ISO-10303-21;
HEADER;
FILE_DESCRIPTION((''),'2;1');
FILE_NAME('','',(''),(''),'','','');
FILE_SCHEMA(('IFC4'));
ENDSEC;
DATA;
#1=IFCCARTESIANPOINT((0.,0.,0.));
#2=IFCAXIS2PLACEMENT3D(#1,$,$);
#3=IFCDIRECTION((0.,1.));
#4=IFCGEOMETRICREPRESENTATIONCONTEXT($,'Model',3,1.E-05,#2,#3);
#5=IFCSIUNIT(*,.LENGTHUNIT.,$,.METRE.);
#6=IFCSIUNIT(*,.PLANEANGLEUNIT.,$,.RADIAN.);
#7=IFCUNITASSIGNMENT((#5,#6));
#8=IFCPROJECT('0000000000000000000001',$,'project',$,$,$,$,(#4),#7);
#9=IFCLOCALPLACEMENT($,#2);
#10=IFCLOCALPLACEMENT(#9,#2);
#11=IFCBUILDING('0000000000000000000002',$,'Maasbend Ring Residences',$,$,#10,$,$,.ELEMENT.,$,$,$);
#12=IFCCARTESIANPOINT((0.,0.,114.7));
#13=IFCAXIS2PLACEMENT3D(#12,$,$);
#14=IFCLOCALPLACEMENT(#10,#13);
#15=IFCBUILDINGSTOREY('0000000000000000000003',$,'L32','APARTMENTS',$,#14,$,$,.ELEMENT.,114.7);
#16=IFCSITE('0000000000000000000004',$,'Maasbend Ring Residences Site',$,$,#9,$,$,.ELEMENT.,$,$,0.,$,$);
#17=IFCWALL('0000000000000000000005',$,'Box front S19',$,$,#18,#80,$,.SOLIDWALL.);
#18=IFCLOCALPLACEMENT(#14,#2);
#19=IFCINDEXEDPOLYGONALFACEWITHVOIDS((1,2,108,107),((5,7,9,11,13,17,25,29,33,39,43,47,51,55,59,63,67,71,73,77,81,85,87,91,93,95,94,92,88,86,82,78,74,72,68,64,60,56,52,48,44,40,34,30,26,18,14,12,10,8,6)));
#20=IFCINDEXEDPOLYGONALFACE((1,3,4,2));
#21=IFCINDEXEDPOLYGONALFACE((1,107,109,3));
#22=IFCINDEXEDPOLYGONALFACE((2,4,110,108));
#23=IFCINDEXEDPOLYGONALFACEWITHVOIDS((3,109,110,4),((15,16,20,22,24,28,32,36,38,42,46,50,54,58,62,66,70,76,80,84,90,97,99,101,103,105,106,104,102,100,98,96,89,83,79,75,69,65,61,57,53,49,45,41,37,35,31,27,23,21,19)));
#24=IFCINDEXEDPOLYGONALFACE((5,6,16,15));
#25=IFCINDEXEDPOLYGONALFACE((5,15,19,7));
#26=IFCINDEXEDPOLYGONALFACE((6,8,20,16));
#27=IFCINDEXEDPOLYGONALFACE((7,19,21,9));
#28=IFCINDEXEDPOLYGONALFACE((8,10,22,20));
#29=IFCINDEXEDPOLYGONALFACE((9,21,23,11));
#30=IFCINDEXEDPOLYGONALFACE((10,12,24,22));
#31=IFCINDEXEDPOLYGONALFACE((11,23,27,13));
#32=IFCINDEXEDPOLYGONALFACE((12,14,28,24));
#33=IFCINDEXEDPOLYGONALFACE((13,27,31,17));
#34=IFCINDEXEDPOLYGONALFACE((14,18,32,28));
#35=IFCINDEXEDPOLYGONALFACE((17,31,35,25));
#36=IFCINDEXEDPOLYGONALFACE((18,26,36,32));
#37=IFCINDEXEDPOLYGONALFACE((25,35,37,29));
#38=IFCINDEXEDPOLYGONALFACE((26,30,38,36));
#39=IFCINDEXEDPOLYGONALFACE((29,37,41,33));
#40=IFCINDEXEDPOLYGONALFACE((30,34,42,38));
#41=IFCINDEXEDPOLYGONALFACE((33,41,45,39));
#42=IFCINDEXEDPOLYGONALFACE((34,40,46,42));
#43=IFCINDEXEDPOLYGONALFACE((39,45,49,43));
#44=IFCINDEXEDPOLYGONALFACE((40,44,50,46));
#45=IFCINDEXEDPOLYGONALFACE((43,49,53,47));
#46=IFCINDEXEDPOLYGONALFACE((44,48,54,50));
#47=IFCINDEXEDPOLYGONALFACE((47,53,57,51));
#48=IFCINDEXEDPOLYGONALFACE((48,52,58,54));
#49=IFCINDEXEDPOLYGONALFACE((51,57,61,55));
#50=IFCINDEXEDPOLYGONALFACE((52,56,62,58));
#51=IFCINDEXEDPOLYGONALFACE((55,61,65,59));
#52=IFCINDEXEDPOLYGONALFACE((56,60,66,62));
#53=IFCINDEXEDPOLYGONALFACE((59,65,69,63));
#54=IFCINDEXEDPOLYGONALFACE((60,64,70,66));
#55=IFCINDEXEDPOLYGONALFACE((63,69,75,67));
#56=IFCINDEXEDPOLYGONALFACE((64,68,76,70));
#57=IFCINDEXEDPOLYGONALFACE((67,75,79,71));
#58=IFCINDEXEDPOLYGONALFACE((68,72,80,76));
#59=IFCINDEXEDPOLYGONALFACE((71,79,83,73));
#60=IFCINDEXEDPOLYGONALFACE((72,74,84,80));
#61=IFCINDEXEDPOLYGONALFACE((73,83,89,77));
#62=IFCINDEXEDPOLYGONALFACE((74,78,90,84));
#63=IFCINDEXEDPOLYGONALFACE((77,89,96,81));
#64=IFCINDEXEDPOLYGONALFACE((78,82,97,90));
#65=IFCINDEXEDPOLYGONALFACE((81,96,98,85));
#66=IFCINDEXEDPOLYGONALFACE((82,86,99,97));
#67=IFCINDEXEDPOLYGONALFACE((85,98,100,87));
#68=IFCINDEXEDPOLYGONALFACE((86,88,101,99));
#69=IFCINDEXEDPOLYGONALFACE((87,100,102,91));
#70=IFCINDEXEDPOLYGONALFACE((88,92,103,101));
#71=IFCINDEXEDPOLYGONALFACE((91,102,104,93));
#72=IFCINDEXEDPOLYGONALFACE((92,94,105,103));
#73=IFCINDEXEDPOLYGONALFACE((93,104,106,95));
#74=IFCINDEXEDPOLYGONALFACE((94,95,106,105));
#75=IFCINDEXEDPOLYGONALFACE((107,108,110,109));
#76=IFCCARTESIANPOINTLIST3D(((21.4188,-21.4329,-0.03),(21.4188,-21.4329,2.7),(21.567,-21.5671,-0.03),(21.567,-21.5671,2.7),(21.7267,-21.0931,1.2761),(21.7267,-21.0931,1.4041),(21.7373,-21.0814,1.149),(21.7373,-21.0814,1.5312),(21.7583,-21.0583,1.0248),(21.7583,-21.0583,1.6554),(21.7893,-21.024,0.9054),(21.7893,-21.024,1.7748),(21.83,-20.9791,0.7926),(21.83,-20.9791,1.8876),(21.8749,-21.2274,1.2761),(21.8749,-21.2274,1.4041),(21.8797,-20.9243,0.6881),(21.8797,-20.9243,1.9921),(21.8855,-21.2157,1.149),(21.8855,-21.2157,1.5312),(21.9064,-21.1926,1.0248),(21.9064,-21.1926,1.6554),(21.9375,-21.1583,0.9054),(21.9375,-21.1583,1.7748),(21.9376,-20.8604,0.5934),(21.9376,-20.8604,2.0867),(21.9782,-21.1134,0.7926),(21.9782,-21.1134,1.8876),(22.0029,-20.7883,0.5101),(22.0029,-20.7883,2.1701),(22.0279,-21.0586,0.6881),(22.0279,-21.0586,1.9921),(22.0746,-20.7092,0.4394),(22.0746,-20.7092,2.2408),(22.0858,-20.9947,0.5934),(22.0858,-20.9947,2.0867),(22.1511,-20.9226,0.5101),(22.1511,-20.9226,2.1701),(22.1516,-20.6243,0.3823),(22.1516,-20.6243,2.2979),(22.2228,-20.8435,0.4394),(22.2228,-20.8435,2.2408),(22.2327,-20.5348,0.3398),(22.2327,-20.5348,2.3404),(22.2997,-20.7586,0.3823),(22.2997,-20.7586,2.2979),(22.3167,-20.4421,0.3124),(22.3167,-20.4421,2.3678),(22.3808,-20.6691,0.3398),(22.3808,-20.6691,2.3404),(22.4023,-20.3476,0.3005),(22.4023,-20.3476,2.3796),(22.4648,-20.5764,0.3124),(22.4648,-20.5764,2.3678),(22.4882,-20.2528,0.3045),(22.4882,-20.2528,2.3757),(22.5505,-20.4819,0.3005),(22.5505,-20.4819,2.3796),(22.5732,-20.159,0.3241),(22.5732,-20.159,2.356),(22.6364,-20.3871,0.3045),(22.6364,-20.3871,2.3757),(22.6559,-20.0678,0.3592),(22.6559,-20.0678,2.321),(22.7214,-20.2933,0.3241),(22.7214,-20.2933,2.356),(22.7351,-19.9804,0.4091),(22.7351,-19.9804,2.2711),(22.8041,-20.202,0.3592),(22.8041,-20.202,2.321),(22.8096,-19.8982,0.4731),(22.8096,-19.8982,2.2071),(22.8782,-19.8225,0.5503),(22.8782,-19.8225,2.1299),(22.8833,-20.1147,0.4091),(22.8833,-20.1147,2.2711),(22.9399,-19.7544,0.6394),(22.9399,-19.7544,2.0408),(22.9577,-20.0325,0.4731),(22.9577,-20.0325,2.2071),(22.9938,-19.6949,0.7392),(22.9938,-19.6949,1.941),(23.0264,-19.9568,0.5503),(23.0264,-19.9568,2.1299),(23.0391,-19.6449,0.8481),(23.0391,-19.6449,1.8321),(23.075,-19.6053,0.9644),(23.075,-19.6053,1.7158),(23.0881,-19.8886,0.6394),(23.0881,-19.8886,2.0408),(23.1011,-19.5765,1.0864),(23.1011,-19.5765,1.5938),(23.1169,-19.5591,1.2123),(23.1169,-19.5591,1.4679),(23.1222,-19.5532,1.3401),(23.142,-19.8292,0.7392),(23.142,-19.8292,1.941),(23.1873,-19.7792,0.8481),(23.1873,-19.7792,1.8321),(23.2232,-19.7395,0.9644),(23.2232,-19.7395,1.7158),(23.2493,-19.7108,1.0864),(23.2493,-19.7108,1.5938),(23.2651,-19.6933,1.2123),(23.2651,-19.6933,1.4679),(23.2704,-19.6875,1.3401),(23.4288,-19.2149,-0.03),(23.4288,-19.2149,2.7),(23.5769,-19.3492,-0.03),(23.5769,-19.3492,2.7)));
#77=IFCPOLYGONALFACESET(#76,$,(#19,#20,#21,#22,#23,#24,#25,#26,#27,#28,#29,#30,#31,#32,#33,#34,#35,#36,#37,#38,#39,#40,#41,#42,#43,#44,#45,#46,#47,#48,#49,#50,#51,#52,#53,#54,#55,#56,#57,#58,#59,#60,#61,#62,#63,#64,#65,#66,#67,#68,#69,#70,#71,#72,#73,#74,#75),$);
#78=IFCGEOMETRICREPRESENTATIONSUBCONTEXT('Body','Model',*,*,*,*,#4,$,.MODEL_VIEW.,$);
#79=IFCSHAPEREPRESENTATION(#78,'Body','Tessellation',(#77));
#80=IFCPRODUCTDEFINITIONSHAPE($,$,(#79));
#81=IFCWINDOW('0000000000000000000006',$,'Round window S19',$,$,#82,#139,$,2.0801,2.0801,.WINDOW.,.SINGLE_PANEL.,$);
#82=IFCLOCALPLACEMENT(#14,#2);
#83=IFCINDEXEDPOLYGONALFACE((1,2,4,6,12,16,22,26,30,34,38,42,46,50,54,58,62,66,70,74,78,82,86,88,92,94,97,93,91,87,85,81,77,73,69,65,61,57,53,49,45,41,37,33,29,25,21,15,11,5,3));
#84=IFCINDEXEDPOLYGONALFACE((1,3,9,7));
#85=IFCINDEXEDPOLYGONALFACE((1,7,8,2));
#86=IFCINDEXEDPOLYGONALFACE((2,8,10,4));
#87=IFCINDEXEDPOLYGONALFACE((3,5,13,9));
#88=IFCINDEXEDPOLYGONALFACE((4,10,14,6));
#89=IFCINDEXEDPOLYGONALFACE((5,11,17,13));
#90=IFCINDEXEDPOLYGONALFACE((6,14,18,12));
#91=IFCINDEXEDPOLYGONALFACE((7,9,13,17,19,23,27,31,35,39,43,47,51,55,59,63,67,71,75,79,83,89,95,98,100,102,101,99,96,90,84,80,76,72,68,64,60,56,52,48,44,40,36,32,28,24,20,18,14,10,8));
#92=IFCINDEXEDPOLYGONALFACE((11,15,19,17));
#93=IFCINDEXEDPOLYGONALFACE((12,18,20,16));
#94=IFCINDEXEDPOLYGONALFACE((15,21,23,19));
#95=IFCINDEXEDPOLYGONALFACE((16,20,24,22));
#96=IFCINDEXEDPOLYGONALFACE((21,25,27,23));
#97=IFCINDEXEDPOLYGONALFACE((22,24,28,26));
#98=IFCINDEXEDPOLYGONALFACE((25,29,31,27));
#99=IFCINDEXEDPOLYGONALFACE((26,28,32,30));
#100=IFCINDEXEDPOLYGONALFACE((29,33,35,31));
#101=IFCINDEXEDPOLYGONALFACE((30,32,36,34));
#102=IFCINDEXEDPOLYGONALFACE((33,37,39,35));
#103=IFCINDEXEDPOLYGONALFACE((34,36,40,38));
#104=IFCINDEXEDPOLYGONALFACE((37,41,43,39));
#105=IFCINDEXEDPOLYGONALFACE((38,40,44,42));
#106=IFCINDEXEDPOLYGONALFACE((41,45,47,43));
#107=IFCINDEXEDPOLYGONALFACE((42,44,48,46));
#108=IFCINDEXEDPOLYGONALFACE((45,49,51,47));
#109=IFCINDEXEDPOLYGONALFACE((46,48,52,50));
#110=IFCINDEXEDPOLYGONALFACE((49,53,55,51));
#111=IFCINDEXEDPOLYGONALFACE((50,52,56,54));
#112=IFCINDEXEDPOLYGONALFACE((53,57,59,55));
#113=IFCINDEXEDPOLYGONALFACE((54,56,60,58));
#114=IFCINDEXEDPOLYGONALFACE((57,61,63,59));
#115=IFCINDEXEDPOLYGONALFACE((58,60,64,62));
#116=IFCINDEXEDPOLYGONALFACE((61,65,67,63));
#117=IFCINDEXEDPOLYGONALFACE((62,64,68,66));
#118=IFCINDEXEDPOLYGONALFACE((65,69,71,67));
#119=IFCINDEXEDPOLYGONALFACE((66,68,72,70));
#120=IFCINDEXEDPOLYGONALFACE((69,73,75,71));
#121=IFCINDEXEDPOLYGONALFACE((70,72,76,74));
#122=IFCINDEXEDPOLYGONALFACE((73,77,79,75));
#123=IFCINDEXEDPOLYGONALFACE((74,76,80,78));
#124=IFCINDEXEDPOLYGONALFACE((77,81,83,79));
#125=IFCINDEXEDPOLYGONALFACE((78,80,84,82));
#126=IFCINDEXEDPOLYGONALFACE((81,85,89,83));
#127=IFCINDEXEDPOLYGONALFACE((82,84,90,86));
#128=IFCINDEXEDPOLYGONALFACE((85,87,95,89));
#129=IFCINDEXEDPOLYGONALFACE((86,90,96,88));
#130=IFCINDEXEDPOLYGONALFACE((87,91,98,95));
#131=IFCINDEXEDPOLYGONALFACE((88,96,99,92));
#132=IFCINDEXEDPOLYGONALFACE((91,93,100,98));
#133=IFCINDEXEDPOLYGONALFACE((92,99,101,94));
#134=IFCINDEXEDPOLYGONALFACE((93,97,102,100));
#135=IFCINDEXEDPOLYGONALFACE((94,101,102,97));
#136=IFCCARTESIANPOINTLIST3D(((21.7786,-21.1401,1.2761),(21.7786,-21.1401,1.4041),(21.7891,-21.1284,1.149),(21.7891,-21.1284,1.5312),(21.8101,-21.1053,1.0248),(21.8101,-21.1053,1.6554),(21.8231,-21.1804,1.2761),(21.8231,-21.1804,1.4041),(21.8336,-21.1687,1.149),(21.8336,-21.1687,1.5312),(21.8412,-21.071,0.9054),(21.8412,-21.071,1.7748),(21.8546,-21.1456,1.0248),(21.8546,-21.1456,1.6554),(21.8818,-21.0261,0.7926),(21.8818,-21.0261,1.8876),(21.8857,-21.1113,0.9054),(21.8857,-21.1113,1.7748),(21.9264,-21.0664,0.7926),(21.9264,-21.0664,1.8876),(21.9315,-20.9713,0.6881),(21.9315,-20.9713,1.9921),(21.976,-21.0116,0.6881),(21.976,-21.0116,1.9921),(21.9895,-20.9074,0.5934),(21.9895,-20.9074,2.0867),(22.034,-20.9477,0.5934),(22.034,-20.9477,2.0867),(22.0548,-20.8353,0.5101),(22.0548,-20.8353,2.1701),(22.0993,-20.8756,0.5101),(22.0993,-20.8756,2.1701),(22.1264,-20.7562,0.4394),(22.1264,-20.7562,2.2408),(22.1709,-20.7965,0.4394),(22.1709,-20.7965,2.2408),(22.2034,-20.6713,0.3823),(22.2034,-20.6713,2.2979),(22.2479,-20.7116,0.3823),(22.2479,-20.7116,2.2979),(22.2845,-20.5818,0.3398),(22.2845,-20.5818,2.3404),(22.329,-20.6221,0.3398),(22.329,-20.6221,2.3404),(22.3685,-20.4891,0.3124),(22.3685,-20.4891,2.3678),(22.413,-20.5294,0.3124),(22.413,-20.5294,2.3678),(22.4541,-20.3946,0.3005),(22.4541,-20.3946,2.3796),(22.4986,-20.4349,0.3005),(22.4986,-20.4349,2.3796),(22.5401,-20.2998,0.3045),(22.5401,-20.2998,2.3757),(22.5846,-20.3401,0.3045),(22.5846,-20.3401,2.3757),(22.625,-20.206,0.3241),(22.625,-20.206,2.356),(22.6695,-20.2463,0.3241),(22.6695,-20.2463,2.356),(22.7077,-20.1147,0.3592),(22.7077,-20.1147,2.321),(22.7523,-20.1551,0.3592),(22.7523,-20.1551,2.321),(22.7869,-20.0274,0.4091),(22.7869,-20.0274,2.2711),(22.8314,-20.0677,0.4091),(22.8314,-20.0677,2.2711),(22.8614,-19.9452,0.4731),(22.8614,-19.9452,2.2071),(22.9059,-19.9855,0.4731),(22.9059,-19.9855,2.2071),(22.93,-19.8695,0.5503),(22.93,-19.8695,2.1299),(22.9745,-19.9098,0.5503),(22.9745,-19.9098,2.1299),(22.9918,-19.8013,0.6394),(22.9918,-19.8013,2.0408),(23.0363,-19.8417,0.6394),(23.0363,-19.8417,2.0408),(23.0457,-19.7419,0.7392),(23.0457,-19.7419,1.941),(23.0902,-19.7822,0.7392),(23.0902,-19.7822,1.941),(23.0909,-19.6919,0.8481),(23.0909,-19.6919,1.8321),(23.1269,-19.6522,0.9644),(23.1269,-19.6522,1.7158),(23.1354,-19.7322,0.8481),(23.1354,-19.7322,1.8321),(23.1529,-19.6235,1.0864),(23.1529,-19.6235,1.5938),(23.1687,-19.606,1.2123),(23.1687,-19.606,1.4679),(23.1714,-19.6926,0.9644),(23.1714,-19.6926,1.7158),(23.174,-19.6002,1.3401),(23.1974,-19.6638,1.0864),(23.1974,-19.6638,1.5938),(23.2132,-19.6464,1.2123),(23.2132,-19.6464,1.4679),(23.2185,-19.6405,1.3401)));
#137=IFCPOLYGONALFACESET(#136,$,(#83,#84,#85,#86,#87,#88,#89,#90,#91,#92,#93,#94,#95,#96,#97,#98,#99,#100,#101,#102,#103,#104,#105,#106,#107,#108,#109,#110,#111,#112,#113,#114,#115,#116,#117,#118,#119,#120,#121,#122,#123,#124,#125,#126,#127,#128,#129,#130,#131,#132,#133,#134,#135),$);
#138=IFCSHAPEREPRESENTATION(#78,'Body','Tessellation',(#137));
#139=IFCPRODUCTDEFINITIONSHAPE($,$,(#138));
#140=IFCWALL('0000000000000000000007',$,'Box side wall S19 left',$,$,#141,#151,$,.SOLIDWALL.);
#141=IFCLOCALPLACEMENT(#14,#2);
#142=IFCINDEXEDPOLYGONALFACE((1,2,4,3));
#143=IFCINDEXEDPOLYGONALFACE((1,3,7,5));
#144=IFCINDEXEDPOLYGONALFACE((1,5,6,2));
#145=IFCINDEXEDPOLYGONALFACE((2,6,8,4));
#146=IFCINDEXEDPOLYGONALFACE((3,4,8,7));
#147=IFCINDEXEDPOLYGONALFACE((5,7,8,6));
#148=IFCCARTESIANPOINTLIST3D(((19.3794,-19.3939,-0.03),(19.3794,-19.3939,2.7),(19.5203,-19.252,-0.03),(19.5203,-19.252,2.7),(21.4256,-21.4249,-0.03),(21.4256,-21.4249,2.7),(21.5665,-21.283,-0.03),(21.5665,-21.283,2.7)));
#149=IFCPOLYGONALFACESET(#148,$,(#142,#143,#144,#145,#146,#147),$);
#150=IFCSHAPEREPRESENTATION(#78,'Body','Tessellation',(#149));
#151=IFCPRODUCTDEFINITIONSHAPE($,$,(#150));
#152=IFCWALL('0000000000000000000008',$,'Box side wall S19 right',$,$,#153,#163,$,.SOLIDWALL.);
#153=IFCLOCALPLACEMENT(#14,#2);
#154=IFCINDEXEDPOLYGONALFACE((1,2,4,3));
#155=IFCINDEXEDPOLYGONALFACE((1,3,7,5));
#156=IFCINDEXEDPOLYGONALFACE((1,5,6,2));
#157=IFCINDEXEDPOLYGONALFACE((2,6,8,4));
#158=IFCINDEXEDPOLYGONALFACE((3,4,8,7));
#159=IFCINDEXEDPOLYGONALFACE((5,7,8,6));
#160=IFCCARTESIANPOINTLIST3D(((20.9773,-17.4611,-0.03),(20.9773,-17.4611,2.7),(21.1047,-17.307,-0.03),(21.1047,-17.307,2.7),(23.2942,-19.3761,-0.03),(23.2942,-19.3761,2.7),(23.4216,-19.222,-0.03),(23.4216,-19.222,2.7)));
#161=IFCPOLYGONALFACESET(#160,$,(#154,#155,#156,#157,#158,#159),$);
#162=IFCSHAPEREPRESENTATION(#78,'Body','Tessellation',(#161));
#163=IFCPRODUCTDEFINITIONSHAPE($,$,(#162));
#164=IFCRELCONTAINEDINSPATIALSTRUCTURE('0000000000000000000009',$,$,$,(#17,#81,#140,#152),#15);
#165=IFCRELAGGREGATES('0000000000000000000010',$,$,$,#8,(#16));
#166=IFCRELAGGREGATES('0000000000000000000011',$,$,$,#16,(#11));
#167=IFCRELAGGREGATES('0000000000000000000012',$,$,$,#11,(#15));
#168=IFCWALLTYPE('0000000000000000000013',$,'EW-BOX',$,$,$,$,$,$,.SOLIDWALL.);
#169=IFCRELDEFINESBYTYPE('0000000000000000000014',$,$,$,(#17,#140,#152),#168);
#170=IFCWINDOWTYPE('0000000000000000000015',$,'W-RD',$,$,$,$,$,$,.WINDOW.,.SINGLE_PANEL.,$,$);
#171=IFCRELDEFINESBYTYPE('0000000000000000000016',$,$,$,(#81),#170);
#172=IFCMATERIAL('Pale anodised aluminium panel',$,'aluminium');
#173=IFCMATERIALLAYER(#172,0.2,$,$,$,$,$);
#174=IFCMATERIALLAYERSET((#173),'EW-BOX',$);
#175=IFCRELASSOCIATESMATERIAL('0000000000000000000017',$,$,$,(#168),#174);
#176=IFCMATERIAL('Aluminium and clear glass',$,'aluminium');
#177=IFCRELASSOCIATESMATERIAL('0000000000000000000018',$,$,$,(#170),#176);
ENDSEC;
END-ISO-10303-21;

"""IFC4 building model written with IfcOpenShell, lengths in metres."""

from ifc_helpers import new_model, si_unit, direction, frame, frame_2d, origin, place, context, subcontext, project, spatial, rectangle, circle, extrude, material, layer, layer_set, type_object, element, fill, save


model = new_model("IFC4")

# Units and contexts
model_context = context("Model", 3, precision=1e-05, world=origin(), true_north=direction((0.0, 1.0)))
body_context = subcontext(model_context, "Body", "Model", "MODEL_VIEW")
ifc_project = project(units=[si_unit("LENGTHUNIT", "METRE"), si_unit("PLANEANGLEUNIT", "RADIAN")], contexts=[model_context])

# Site, building, storey
site_placement = place(None, origin())
site = spatial("IfcSite", under=ifc_project, at=site_placement, Name="Maasbend Ring Residences Site", CompositionType="ELEMENT", RefElevation=0.0)
building_placement = place(site_placement, origin())
building = spatial("IfcBuilding", under=site, at=building_placement, Name="Maasbend Ring Residences", CompositionType="ELEMENT")
storey_placement = place(building_placement, frame((0.0, 0.0, 114.7)))
storey = spatial("IfcBuildingStorey", under=building, at=storey_placement, Name="L32", Description="APARTMENTS", CompositionType="ELEMENT", Elevation=114.7)

# Shared definitions
ifc_material_1 = material(Name="Pale anodised aluminium panel", Category="aluminium")
ifc_layer_1 = layer(ifc_material_1, 0.2)
ifc_layer_set_1 = layer_set([ifc_layer_1], Name="EW-BOX")
wall_type_1 = type_object("IfcWallType", Name="EW-BOX", PredefinedType="SOLIDWALL", material=ifc_layer_set_1)
ifc_material_2 = material(Name="Aluminium and clear glass", Category="aluminium")
window_type_1 = type_object("IfcWindowType", Name="W-RD", PartitioningType="SINGLE_PANEL", PredefinedType="WINDOW", material=ifc_material_2)

# Wall, opening, window
wall_1_placement = place(storey_placement, frame((21.4929, -21.5, -0.03), z_axis=(0.0, 0.0, 1.0), x_axis=(0.671507, 0.740998, 0.0)))
wall_1 = element("IfcWall", 1, at=wall_1_placement, inside=storey, type_object=wall_type_1, Name="Box front S19", PredefinedType="SOLIDWALL", context=body_context, shape_type="SweptSolid", body=[
    extrude(rectangle(XDim=2.9932, YDim=0.2, at=frame_2d((1.4966, 0.0))), origin(), (0.0, 0.0, 1.0), 2.73),
])
opening_1_placement = place(wall_1_placement, frame((0.4565, 0.0, 0.3301)))
opening_1 = element("IfcOpeningElement", 2, at=opening_1_placement, cuts=wall_1, PredefinedType="OPENING", context=body_context, shape_type="SweptSolid", body=[
    extrude(circle(Radius=1.04, at=frame_2d((1.04, 1.04))), frame((0.0, 0.1099, 0.0), z_axis=(0.0, -1.0, 0.0), x_axis=(1.0, 0.0, 0.0)), (0.0, 0.0, 1.0), 0.22),
])
window_1_placement = place(opening_1_placement, origin())
window_1 = element("IfcWindow", 3, at=window_1_placement, inside=storey, type_object=window_type_1, Name="Round window S19", OverallHeight=2.0801, OverallWidth=2.0801, PartitioningType="SINGLE_PANEL", PredefinedType="WINDOW", context=body_context, shape_type="SweptSolid", body=[
    extrude(circle(Radius=1.04, at=frame_2d((1.04, 1.04))), frame((0.0, 0.03, 0.0), z_axis=(0.0, -1.0, 0.0), x_axis=(1.0, 0.0, 0.0)), (0.0, 0.0, 1.0), 0.0601),
])
fill(opening_1, window_1)

# Walls
wall_2_placement = place(storey_placement, frame((19.45, -19.323, -0.03), z_axis=(0.0, 0.0, 1.0), x_axis=(0.709727, -0.704477, 0.0)))
element("IfcWall", 4, at=wall_2_placement, inside=storey, type_object=wall_type_1, Name="Box side wall S19 left", PredefinedType="SOLIDWALL", context=body_context, shape_type="SweptSolid", body=[
    extrude(rectangle(XDim=2.8831, YDim=0.2, at=frame_2d((1.4414, 0.0))), origin(), (0.0, 0.0, 1.0), 2.73),
])
wall_3_placement = place(storey_placement, frame((21.041, -17.384, -0.03), z_axis=(0.0, 0.0, 1.0), x_axis=(0.770785, -0.637096, 0.0)))
element("IfcWall", 5, at=wall_3_placement, inside=storey, type_object=wall_type_1, Name="Box side wall S19 right", PredefinedType="SOLIDWALL", context=body_context, shape_type="SweptSolid", body=[
    extrude(rectangle(XDim=3.0059, YDim=0.2, at=frame_2d((1.5029, 0.0))), origin(), (0.0, 0.0, 1.0), 2.73),
])

save(model, "model.ifc")
